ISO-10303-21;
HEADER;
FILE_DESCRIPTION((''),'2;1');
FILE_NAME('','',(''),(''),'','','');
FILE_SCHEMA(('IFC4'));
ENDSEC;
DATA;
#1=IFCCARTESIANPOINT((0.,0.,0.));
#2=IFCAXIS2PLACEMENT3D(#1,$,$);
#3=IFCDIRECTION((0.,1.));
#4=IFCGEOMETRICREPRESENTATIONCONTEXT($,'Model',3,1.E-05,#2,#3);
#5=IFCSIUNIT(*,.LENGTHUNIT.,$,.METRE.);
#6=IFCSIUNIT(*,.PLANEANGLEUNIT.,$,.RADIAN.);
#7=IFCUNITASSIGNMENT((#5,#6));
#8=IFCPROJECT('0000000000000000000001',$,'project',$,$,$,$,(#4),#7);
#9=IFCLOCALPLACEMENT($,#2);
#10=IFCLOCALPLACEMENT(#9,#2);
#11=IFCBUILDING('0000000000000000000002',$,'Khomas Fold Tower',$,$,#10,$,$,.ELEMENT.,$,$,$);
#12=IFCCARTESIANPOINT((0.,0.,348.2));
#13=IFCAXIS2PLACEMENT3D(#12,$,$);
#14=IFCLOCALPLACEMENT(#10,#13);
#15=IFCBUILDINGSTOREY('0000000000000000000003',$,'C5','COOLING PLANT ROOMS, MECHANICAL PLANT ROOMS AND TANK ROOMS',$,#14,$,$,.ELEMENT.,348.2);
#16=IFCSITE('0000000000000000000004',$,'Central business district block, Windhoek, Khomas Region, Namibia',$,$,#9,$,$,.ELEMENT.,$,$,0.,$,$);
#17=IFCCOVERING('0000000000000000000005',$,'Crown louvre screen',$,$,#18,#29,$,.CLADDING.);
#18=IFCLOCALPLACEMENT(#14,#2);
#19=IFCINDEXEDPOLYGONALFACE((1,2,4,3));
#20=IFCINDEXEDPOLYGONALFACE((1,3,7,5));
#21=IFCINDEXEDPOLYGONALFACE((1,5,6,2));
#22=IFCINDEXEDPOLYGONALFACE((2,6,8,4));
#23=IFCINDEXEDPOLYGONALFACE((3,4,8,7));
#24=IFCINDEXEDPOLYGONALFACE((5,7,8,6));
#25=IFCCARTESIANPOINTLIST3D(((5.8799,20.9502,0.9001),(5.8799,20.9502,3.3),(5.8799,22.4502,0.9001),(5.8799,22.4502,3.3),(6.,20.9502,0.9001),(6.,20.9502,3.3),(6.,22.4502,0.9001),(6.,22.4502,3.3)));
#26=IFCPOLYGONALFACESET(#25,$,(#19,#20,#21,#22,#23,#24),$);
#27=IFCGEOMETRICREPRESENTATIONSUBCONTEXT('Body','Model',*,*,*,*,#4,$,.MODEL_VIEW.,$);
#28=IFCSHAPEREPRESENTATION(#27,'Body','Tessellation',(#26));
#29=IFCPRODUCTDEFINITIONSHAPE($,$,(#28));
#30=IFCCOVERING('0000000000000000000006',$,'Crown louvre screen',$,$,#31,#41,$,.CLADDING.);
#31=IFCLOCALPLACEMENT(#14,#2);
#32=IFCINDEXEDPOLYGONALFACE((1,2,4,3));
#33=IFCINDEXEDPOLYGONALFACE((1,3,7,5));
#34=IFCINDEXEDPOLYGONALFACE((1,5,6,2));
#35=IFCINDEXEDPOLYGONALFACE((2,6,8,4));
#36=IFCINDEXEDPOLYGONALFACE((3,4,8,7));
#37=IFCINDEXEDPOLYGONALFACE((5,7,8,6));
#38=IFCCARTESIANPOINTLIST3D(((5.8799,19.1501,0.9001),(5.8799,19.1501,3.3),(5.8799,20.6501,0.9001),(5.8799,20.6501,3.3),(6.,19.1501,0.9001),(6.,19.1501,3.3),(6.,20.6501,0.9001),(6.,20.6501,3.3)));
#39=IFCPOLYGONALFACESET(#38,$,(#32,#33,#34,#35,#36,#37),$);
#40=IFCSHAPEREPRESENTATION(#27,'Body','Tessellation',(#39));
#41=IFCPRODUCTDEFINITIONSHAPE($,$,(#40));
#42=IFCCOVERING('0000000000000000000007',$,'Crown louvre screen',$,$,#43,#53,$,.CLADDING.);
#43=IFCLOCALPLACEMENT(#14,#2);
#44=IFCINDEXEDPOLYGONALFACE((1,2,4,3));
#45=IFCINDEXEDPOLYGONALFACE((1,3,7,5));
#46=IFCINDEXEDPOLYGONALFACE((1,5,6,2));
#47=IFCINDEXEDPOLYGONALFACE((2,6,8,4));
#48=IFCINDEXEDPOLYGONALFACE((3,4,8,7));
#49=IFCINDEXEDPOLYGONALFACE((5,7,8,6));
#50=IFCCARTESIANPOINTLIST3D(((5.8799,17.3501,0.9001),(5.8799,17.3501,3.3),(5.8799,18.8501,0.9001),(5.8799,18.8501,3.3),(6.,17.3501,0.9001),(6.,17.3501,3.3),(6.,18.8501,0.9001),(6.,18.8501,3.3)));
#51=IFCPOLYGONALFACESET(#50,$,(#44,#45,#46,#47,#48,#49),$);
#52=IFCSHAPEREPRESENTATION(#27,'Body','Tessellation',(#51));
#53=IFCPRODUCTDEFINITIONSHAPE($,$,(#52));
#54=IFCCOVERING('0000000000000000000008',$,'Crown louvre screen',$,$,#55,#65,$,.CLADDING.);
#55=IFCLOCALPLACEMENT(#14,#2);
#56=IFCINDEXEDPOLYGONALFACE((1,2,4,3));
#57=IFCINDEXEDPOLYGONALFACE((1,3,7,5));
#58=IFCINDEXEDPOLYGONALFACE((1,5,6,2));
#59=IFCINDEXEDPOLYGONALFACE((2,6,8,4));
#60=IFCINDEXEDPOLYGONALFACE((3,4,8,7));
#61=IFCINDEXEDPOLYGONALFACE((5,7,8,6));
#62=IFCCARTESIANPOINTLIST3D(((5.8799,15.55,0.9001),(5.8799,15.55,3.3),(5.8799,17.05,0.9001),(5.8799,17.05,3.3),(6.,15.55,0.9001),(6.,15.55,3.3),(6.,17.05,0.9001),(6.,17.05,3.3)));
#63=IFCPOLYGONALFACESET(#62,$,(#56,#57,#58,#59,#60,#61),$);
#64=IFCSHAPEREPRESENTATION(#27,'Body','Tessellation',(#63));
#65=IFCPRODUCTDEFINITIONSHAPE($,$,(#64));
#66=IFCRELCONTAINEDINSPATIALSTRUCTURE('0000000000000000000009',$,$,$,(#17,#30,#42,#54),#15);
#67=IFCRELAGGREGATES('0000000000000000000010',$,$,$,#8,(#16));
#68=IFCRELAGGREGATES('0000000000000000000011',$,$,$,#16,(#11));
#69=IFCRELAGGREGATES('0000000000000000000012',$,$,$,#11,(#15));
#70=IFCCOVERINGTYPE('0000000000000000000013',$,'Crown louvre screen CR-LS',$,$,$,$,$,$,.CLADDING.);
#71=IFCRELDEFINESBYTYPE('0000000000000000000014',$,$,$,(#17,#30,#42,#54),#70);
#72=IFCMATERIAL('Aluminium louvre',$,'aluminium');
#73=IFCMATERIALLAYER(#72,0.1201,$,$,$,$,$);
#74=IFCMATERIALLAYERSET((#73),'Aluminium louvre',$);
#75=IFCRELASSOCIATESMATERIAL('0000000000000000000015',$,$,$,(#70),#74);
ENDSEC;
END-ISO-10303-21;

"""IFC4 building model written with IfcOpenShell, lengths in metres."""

from ifc_helpers import new_model, si_unit, direction, frame, origin, origin_2d, place, context, subcontext, project, spatial, rectangle, extrude, source, transform, mapped, material, layer, layer_set, type_object, element, save


model = new_model("IFC4")

# Units and contexts
model_context = context("Model", 3, precision=1e-05, world=origin(), true_north=direction((0.0, 1.0)))
body_context = subcontext(model_context, "Body", "Model", "MODEL_VIEW")
ifc_project = project(units=[si_unit("LENGTHUNIT", "METRE"), si_unit("PLANEANGLEUNIT", "RADIAN")], contexts=[model_context])

# Site, building, storey
site_placement = place(None, origin())
site = spatial("IfcSite", under=ifc_project, at=site_placement, Name="Central business district block, Windhoek, Khomas Region, Namibia", CompositionType="ELEMENT", RefElevation=0.0)
building_placement = place(site_placement, origin())
building = spatial("IfcBuilding", under=site, at=building_placement, Name="Khomas Fold Tower", CompositionType="ELEMENT")
storey_placement = place(building_placement, frame((0.0, 0.0, 348.2)))
storey = spatial("IfcBuildingStorey", under=building, at=storey_placement, Name="C5", Description="COOLING PLANT ROOMS, MECHANICAL PLANT ROOMS AND TANK ROOMS", CompositionType="ELEMENT", Elevation=348.2)

# Coverings
ifc_material_1 = material(Name="Aluminium louvre", Category="aluminium")
ifc_layer_1 = layer(ifc_material_1, 0.1201)
ifc_layer_set_1 = layer_set([ifc_layer_1], Name="Aluminium louvre")
covering_type = type_object("IfcCoveringType", Name="Crown louvre screen CR-LS", PredefinedType="CLADDING", material=ifc_layer_set_1)
shared_shape_1 = source(origin(), body_context, "Body", "SweptSolid", [
    extrude(rectangle(XDim=1.5, YDim=0.1201, at=origin_2d()), origin(), (0.0, 0.0, 1.0), 2.3999),
])
for number, where, z_axis, x_axis, name in (
    (1, (5.9399, 21.7002, 0.9001), (0.0, 0.0, 1.0), (0.0, -1.0, 0.0), "Crown louvre screen"),
    (2, (5.9399, 19.9001, 0.9001), (0.0, 0.0, 1.0), (0.0, -1.0, 0.0), "Crown louvre screen"),
    (3, (5.9399, 18.1001, 0.9001), (0.0, 0.0, 1.0), (0.0, -1.0, 0.0), "Crown louvre screen"),
    (4, (5.9399, 16.3, 0.9001), (0.0, 0.0, 1.0), (0.0, -1.0, 0.0), "Crown louvre screen"),
):
    element("IfcCovering", number, at=place(storey_placement, frame(where, z_axis=z_axis, x_axis=x_axis)), inside=storey, type_object=covering_type, Name=name, PredefinedType="CLADDING", context=body_context, shape_type="MappedRepresentation", body=[
        mapped(shared_shape_1, transform((0.0, 0.0, 0.0))),
    ])

save(model, "model.ifc")
